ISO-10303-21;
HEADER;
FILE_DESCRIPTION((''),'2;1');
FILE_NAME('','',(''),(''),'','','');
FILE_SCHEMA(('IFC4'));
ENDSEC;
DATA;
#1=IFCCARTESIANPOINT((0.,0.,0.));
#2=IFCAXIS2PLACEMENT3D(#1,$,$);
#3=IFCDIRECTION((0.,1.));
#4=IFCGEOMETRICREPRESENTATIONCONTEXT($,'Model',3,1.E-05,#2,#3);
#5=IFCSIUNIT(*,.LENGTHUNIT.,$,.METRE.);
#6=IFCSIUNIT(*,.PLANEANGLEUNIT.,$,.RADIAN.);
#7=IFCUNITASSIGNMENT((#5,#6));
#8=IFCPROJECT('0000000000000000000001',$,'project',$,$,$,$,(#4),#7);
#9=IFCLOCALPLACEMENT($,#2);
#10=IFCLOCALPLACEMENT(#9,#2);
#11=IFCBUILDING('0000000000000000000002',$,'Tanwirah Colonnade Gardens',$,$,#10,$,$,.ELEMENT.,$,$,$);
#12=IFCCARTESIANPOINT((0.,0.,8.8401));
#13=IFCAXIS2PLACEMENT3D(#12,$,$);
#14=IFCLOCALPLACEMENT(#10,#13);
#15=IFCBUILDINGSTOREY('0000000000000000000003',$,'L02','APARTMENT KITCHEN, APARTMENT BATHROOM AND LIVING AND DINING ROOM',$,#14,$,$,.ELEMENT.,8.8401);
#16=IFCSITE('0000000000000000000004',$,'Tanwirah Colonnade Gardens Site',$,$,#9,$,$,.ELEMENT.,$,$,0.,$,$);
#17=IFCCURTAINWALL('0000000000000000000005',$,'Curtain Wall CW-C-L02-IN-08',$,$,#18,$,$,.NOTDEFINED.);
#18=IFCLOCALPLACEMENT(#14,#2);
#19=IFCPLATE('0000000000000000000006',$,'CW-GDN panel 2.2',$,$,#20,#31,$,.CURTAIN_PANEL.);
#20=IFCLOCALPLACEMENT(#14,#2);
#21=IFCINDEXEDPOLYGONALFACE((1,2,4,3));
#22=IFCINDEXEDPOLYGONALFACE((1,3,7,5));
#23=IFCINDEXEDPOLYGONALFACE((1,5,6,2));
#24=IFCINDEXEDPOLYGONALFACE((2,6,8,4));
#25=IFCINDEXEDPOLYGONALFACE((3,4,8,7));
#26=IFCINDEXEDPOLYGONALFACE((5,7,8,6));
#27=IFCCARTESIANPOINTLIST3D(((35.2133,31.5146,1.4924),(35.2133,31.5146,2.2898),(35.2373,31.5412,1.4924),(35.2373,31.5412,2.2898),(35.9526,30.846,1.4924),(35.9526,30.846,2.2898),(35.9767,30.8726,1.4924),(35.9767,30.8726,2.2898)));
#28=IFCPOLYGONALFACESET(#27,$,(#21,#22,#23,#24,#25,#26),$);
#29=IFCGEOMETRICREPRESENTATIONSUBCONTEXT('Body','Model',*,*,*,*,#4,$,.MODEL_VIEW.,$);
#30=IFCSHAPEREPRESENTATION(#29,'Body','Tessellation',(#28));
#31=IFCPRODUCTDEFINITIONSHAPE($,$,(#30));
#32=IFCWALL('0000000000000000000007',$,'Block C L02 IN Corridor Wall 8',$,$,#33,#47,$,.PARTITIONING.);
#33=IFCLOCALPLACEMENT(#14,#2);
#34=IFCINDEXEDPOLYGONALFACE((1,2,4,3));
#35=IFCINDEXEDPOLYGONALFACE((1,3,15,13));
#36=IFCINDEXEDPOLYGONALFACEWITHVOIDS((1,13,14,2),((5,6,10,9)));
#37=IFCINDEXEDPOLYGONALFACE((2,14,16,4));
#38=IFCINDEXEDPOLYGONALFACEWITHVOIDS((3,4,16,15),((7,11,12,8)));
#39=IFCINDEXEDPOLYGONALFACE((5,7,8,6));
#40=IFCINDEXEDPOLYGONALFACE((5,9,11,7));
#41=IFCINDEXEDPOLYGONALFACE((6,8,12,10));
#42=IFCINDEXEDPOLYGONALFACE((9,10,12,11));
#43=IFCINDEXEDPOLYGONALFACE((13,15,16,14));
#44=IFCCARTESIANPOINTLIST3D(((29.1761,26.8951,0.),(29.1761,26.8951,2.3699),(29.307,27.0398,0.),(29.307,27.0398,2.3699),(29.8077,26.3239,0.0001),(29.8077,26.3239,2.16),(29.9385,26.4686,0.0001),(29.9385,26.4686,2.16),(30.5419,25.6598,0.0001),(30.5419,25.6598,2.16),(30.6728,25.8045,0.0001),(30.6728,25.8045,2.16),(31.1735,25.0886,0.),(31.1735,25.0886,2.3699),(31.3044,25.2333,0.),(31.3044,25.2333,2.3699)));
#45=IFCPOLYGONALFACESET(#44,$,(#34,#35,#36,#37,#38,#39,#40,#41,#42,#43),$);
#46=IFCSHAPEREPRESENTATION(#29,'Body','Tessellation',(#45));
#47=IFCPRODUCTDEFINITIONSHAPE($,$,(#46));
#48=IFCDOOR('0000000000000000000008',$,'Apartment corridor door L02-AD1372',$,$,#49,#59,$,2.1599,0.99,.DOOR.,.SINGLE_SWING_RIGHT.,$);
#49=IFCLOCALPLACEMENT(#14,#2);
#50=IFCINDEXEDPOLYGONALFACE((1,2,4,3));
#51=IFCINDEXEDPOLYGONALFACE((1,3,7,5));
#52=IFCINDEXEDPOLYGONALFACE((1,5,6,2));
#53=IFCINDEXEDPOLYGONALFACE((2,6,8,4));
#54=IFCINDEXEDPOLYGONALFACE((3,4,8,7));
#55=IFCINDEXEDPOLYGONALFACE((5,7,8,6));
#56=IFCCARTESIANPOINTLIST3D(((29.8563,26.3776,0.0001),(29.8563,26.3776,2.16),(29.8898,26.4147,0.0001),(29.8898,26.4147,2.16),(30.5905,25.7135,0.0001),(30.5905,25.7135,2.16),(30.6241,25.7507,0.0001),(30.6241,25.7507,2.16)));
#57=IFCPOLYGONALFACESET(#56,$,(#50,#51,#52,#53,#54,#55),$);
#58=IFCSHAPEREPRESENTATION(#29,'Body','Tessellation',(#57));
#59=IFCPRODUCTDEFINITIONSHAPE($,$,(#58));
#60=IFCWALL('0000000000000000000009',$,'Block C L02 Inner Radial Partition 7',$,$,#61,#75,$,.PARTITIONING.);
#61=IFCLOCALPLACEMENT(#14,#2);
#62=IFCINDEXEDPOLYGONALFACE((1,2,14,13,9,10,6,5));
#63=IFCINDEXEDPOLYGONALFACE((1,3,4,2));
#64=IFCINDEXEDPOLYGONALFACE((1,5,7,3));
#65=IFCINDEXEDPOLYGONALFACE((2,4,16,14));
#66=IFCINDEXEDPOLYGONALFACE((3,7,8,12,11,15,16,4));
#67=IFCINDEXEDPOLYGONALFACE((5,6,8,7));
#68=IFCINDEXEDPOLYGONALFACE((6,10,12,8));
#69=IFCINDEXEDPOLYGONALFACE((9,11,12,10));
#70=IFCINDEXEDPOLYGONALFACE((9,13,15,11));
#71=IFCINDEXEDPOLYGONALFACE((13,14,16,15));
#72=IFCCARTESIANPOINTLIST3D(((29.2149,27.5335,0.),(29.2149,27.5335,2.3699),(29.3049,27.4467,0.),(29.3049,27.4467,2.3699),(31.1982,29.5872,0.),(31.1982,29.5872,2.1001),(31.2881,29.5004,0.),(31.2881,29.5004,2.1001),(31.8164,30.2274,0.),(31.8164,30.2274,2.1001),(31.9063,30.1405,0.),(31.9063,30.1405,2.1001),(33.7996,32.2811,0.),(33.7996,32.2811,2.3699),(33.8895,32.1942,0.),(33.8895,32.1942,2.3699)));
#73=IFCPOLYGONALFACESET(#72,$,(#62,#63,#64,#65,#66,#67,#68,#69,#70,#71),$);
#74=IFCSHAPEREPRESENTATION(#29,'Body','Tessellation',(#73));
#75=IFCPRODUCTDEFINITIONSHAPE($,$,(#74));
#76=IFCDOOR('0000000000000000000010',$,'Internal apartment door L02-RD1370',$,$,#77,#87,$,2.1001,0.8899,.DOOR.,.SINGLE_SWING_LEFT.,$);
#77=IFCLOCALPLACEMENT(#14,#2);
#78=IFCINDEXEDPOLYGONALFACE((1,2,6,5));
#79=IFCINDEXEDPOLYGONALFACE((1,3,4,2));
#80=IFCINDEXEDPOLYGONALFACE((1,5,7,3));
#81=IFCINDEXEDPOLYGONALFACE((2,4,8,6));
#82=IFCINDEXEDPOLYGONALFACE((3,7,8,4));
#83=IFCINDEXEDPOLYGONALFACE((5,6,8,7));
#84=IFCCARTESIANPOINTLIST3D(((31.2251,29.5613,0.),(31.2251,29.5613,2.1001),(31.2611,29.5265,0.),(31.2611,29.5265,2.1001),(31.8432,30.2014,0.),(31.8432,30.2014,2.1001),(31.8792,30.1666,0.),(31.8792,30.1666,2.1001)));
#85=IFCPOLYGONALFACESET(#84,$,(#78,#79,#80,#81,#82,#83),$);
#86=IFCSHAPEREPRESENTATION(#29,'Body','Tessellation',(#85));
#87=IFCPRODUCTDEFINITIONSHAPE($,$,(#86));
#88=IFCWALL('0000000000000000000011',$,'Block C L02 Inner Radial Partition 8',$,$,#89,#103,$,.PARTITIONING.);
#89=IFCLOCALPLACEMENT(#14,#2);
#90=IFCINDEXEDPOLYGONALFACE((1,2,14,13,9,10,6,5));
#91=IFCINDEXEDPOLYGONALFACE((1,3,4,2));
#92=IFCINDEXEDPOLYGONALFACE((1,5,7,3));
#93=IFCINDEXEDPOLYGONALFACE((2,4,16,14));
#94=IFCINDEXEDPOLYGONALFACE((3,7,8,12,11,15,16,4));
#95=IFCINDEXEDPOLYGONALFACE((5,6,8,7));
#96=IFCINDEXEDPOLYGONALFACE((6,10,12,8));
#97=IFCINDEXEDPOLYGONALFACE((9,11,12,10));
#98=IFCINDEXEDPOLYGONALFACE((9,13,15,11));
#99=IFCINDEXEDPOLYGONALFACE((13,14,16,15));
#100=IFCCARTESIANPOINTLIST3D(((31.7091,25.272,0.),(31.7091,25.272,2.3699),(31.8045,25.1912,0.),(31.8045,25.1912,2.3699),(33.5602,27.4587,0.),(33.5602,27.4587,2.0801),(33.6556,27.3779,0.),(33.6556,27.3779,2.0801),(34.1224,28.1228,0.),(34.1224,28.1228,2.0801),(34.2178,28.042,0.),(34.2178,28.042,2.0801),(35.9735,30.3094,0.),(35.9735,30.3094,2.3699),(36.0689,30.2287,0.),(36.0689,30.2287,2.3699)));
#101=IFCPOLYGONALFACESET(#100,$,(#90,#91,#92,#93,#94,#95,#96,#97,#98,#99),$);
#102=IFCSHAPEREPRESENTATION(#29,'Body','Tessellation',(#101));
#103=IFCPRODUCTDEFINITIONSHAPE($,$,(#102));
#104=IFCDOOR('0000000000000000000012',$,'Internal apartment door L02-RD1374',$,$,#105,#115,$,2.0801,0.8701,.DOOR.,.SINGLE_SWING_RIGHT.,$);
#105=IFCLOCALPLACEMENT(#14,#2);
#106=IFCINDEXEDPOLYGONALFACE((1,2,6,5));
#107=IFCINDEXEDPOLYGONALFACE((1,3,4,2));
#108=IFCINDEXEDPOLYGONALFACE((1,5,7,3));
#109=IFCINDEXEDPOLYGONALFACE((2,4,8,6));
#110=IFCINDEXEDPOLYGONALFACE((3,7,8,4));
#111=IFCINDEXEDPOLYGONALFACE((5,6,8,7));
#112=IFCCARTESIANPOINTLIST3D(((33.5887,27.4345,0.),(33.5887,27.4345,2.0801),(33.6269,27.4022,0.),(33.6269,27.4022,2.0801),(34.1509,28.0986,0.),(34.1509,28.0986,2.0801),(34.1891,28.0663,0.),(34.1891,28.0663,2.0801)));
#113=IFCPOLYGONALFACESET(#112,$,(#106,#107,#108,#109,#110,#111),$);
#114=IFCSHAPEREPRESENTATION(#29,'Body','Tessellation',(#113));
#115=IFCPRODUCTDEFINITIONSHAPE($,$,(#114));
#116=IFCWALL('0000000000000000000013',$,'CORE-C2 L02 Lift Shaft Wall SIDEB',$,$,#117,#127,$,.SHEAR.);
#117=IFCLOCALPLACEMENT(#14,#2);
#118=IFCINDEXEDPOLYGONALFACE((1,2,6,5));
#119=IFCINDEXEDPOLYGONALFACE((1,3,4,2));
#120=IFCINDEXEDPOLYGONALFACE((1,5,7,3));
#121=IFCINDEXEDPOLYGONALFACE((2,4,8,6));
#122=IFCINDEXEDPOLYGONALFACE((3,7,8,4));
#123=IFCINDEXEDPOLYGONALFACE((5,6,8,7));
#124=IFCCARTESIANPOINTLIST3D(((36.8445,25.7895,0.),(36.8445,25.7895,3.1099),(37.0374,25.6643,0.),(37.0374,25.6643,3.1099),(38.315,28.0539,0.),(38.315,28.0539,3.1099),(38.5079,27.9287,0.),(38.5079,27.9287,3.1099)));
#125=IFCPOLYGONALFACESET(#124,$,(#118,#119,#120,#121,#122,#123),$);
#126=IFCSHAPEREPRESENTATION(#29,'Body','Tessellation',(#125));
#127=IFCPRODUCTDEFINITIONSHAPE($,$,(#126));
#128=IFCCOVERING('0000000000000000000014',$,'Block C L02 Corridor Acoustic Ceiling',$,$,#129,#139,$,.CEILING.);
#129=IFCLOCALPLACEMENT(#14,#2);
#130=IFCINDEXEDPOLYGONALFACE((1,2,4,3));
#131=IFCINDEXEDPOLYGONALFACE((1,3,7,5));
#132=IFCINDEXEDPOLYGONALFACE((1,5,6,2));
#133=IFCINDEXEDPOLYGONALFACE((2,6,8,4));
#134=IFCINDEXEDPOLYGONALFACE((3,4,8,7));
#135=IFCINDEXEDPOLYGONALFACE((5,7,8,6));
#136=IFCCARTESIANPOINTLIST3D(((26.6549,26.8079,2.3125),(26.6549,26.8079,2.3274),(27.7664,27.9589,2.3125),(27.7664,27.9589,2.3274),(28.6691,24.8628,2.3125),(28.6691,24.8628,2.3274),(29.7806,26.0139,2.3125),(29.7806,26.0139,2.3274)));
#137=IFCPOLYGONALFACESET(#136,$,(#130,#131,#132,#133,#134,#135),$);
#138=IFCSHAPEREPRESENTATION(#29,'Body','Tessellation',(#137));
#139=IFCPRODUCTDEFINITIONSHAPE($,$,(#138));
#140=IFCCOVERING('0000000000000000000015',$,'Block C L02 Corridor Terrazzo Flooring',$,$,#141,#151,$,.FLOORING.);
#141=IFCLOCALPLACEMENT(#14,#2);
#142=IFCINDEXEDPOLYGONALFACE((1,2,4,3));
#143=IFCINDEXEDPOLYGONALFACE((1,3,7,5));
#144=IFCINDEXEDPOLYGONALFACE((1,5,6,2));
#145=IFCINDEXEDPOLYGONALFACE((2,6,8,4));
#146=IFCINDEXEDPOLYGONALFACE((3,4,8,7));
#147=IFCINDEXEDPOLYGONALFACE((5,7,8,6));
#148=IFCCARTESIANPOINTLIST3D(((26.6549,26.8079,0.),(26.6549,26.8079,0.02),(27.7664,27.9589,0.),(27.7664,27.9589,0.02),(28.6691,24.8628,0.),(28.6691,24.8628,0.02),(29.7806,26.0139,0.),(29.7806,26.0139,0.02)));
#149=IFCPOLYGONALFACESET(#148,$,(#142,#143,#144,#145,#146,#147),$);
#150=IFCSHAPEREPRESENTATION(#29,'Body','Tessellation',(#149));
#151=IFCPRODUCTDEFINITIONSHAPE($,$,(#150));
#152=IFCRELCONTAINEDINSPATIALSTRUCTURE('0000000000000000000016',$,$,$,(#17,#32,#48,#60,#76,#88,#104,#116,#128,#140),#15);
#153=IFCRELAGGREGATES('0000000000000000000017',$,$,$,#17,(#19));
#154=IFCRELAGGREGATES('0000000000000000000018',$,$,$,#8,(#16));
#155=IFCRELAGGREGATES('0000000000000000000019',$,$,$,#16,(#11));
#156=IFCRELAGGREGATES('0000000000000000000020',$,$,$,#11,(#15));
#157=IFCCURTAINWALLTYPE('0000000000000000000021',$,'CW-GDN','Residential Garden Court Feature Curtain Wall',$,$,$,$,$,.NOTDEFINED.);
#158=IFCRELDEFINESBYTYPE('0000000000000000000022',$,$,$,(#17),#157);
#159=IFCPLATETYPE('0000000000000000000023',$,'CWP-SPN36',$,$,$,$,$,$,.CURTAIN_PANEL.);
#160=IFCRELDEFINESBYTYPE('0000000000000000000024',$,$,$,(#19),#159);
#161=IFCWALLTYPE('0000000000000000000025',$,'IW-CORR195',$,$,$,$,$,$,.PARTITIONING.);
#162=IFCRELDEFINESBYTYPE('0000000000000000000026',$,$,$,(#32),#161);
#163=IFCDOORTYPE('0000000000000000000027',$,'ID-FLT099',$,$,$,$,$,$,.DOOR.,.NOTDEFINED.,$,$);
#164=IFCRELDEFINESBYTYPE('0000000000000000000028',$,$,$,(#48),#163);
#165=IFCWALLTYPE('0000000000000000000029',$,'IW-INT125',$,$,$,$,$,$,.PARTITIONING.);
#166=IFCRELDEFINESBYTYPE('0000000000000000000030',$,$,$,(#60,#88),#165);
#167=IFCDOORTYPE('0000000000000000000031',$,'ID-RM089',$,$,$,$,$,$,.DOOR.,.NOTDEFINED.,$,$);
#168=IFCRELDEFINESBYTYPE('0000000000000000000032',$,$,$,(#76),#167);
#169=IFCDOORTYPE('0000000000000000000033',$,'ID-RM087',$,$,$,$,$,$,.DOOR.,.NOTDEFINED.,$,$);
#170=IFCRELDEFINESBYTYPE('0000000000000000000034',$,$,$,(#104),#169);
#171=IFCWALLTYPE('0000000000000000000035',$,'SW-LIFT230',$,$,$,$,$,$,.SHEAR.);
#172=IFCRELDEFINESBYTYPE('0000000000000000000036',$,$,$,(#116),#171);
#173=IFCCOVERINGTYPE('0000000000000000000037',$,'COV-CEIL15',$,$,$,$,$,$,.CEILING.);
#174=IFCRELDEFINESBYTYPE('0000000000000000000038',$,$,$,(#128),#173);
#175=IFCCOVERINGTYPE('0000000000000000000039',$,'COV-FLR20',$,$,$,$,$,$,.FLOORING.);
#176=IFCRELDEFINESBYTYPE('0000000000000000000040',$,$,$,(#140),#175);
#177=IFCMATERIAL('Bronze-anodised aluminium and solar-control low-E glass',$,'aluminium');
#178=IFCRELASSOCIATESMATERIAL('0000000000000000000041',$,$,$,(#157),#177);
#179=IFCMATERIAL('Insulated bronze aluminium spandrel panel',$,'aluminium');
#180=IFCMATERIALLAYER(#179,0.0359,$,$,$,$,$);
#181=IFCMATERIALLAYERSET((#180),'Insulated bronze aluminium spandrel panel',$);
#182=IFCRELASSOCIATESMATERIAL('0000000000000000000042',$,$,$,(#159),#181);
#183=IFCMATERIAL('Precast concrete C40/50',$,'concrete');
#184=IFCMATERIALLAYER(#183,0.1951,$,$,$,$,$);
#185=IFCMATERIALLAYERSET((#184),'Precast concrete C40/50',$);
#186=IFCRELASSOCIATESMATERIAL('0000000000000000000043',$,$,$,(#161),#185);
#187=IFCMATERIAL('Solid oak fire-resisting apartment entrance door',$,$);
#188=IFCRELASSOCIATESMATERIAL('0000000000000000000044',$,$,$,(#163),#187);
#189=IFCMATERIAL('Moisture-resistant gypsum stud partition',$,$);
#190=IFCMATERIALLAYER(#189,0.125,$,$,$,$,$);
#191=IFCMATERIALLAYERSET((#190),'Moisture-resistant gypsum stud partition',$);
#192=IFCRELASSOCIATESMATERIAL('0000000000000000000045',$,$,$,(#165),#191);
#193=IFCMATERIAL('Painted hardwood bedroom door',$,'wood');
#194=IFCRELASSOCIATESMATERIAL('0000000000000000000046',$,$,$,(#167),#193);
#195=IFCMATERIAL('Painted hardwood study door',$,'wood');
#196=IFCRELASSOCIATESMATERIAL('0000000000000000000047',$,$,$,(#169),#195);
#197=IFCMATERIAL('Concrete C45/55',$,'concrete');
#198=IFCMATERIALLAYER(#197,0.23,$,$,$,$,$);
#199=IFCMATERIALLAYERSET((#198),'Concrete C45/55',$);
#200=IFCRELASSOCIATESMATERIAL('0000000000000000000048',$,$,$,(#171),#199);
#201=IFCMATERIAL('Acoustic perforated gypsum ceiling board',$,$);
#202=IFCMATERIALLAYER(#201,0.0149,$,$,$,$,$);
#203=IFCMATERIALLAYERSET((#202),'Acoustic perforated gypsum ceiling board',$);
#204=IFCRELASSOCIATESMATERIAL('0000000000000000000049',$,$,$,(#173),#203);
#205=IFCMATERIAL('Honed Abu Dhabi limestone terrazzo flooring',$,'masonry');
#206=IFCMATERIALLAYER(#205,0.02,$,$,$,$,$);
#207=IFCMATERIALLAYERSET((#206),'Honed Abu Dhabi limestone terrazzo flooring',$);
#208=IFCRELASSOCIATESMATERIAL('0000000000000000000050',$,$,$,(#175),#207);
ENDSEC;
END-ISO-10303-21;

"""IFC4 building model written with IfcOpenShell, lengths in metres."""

from ifc_helpers import new_model, si_unit, direction, frame, frame_2d, origin, origin_2d, place, context, subcontext, project, spatial, rectangle, extrude, material, layer, layer_set, type_object, element, fill, aggregate, save


model = new_model("IFC4")

# Units and contexts
model_context = context("Model", 3, precision=1e-05, world=origin(), true_north=direction((0.0, 1.0)))
body_context = subcontext(model_context, "Body", "Model", "MODEL_VIEW")
ifc_project = project(units=[si_unit("LENGTHUNIT", "METRE"), si_unit("PLANEANGLEUNIT", "RADIAN")], contexts=[model_context])

# Site, building, storey
site_placement = place(None, origin())
site = spatial("IfcSite", under=ifc_project, at=site_placement, Name="Tanwirah Colonnade Gardens Site", CompositionType="ELEMENT", RefElevation=0.0)
building_placement = place(site_placement, origin())
building = spatial("IfcBuilding", under=site, at=building_placement, Name="Tanwirah Colonnade Gardens", CompositionType="ELEMENT")
storey_placement = place(building_placement, frame((0.0, 0.0, 8.8401)))
storey = spatial("IfcBuildingStorey", under=building, at=storey_placement, Name="L02", Description="APARTMENT KITCHEN, APARTMENT BATHROOM AND LIVING AND DINING ROOM", CompositionType="ELEMENT", Elevation=8.8401)

# Shared definitions
ifc_material_1 = material(Name="Precast concrete C40/50", Category="concrete")

# Curtain wall
ifc_material_2 = material(Name="Bronze-anodised aluminium and solar-control low-E glass", Category="aluminium")
curtain_wall_type = type_object("IfcCurtainWallType", Name="CW-GDN", Description="Residential Garden Court Feature Curtain Wall", PredefinedType="NOTDEFINED", material=ifc_material_2)
curtain_wall_placement = place(storey_placement, origin())
curtain_wall = element("IfcCurtainWall", 1, at=curtain_wall_placement, inside=storey, type_object=curtain_wall_type, Name="Curtain Wall CW-C-L02-IN-08", PredefinedType="NOTDEFINED")

# Plate
ifc_material_3 = material(Name="Insulated bronze aluminium spandrel panel", Category="aluminium")
ifc_layer_1 = layer(ifc_material_3, 0.0359)
ifc_layer_set_1 = layer_set([ifc_layer_1], Name="Insulated bronze aluminium spandrel panel")
plate_type = type_object("IfcPlateType", Name="CWP-SPN36", PredefinedType="CURTAIN_PANEL", material=ifc_layer_set_1)
plate_1_placement = place(storey_placement, frame((35.595, 31.1936, 1.4924), z_axis=(0.0, 0.0, 1.0), x_axis=(0.741683, -0.670751, 0.0)))
plate_1 = element("IfcPlate", 2, at=plate_1_placement, type_object=plate_type, Name="CW-GDN panel 2.2", PredefinedType="CURTAIN_PANEL", context=body_context, shape_type="SweptSolid", body=[
    extrude(rectangle(XDim=0.9968, YDim=0.0359, at=origin_2d()), origin(), (0.0, 0.0, 1.0), 0.7974),
])
aggregate(curtain_wall, [plate_1])

# Walls, openings, doors
ifc_layer_2 = layer(ifc_material_1, 0.1951)
ifc_layer_set_2 = layer_set([ifc_layer_2], Name="Precast concrete C40/50")
wall_type_1 = type_object("IfcWallType", Name="IW-CORR195", PredefinedType="PARTITIONING", material=ifc_layer_set_2)
wall_1_placement = place(storey_placement, frame((29.2415, 26.9675, 0.0), z_axis=(0.0, 0.0, 1.0), x_axis=(0.741665, -0.670771, 0.0)))
wall_1 = element("IfcWall", 3, at=wall_1_placement, inside=storey, type_object=wall_type_1, Name="Block C L02 IN Corridor Wall 8", PredefinedType="PARTITIONING", context=body_context, shape_type="SweptSolid", body=[
    extrude(rectangle(XDim=2.6931, YDim=0.1951, at=frame_2d((1.3467, 0.0))), origin(), (0.0, 0.0, 1.0), 2.3699),
])
opening_1_placement = place(wall_1_placement, frame((0.8516, 0.0, 0.0)))
opening_1 = element("IfcOpeningElement", 4, at=opening_1_placement, cuts=wall_1, PredefinedType="OPENING", context=body_context, shape_type="SweptSolid", body=[
    extrude(rectangle(XDim=0.99, YDim=2.1599, at=frame_2d((0.4951, 1.0801))), frame((0.0, 0.1074, 0.0), z_axis=(0.0, -1.0, 0.0), x_axis=(1.0, 0.0, 0.0)), (0.0, 0.0, 1.0), 0.2151),
])
ifc_material_4 = material(Name="Solid oak fire-resisting apartment entrance door")
door_type_1 = type_object("IfcDoorType", Name="ID-FLT099", OperationType="NOTDEFINED", PredefinedType="DOOR", material=ifc_material_4)
door_1_placement = place(opening_1_placement, origin())
door_1 = element("IfcDoor", 5, at=door_1_placement, inside=storey, type_object=door_type_1, Name="Apartment corridor door L02-AD1372", OperationType="SINGLE_SWING_RIGHT", OverallHeight=2.1599, OverallWidth=0.99, PredefinedType="DOOR", context=body_context, shape_type="SweptSolid", body=[
    extrude(rectangle(XDim=0.99, YDim=2.1599, at=frame_2d((0.4951, 1.0801))), frame((0.0, 0.0249, 0.0), z_axis=(0.0, -1.0, 0.0), x_axis=(1.0, 0.0, 0.0)), (0.0, 0.0, 1.0), 0.05),
])
fill(opening_1, door_1)
ifc_material_5 = material(Name="Moisture-resistant gypsum stud partition")
ifc_layer_3 = layer(ifc_material_5, 0.125)
ifc_layer_set_3 = layer_set([ifc_layer_3], Name="Moisture-resistant gypsum stud partition")
wall_type_2 = type_object("IfcWallType", Name="IW-INT125", PredefinedType="PARTITIONING", material=ifc_layer_set_3)
wall_2_placement = place(storey_placement, frame((33.8445, 32.2375, 0.0), z_axis=(0.0, 0.0, 1.0), x_axis=(-0.694663, -0.719336, 0.0)))
wall_2 = element("IfcWall", 6, at=wall_2_placement, inside=storey, type_object=wall_type_2, Name="Block C L02 Inner Radial Partition 7", PredefinedType="PARTITIONING", context=body_context, shape_type="SweptSolid", body=[
    extrude(rectangle(XDim=6.5999, YDim=0.125, at=frame_2d((3.2998, 0.0))), origin(), (0.0, 0.0, 1.0), 2.3699),
])
opening_2_placement = place(wall_2_placement, frame((2.855, 0.0, 0.0)))
opening_2 = element("IfcOpeningElement", 7, at=opening_2_placement, cuts=wall_2, PredefinedType="OPENING", context=body_context, shape_type="SweptSolid", body=[
    extrude(rectangle(XDim=0.8899, YDim=2.1001, at=frame_2d((0.4448, 1.05))), frame((0.0, 0.0725, 0.0), z_axis=(0.0, -1.0, 0.0), x_axis=(1.0, 0.0, 0.0)), (0.0, 0.0, 1.0), 0.145),
])
ifc_material_6 = material(Name="Painted hardwood bedroom door", Category="wood")
door_type_2 = type_object("IfcDoorType", Name="ID-RM089", OperationType="NOTDEFINED", PredefinedType="DOOR", material=ifc_material_6)
door_2_placement = place(opening_2_placement, origin())
door_2 = element("IfcDoor", 8, at=door_2_placement, inside=storey, type_object=door_type_2, Name="Internal apartment door L02-RD1370", OperationType="SINGLE_SWING_LEFT", OverallHeight=2.1001, OverallWidth=0.8899, PredefinedType="DOOR", context=body_context, shape_type="SweptSolid", body=[
    extrude(rectangle(XDim=0.8899, YDim=2.1001, at=frame_2d((0.4448, 1.05))), frame((0.0, 0.0249, 0.0), z_axis=(0.0, -1.0, 0.0), x_axis=(1.0, 0.0, 0.0)), (0.0, 0.0, 1.0), 0.05),
])
fill(opening_2, door_2)
wall_3_placement = place(storey_placement, frame((36.0212, 30.269, 0.0), z_axis=(0.0, 0.0, 1.0), x_axis=(-0.646121, -0.763235, 0.0)))
wall_3 = element("IfcWall", 9, at=wall_3_placement, inside=storey, type_object=wall_type_2, Name="Block C L02 Inner Radial Partition 8", PredefinedType="PARTITIONING", context=body_context, shape_type="SweptSolid", body=[
    extrude(rectangle(XDim=6.6001, YDim=0.125, at=frame_2d((3.3, 0.0))), origin(), (0.0, 0.0, 1.0), 2.3699),
])
opening_3_placement = place(wall_3_placement, frame((2.865, 0.0, 0.0)))
opening_3 = element("IfcOpeningElement", 10, at=opening_3_placement, cuts=wall_3, PredefinedType="OPENING", context=body_context, shape_type="SweptSolid", body=[
    extrude(rectangle(XDim=0.8701, YDim=2.0801, at=frame_2d((0.4351, 1.04))), frame((0.0, 0.0725, 0.0), z_axis=(0.0, -1.0, 0.0), x_axis=(1.0, 0.0, 0.0)), (0.0, 0.0, 1.0), 0.145),
])
ifc_material_7 = material(Name="Painted hardwood study door", Category="wood")
door_type_3 = type_object("IfcDoorType", Name="ID-RM087", OperationType="NOTDEFINED", PredefinedType="DOOR", material=ifc_material_7)
door_3_placement = place(opening_3_placement, origin())
door_3 = element("IfcDoor", 11, at=door_3_placement, inside=storey, type_object=door_type_3, Name="Internal apartment door L02-RD1374", OperationType="SINGLE_SWING_RIGHT", OverallHeight=2.0801, OverallWidth=0.8701, PredefinedType="DOOR", context=body_context, shape_type="SweptSolid", body=[
    extrude(rectangle(XDim=0.8701, YDim=2.0801, at=frame_2d((0.4351, 1.04))), frame((0.0, 0.0249, 0.0), z_axis=(0.0, -1.0, 0.0), x_axis=(1.0, 0.0, 0.0)), (0.0, 0.0, 1.0), 0.05),
])
fill(opening_3, door_3)

# Wall
ifc_material_8 = material(Name="Concrete C45/55", Category="concrete")
ifc_layer_4 = layer(ifc_material_8, 0.23)
ifc_layer_set_4 = layer_set([ifc_layer_4], Name="Concrete C45/55")
wall_type_3 = type_object("IfcWallType", Name="SW-LIFT230", PredefinedType="SHEAR", material=ifc_layer_set_4)
wall_4_placement = place(storey_placement, frame((36.9409, 25.7268, 0.0), z_axis=(0.0, 0.0, 1.0), x_axis=(0.544623, 0.838681, 0.0)))
element("IfcWall", 12, at=wall_4_placement, inside=storey, type_object=wall_type_3, Name="CORE-C2 L02 Lift Shaft Wall SIDEB", PredefinedType="SHEAR", context=body_context, shape_type="SweptSolid", body=[
    extrude(rectangle(XDim=2.7, YDim=0.23, at=frame_2d((1.3501, 0.0))), origin(), (0.0, 0.0, 1.0), 3.1099),
])

# Coverings
ifc_material_9 = material(Name="Acoustic perforated gypsum ceiling board")
ifc_layer_5 = layer(ifc_material_9, 0.0149)
ifc_layer_set_5 = layer_set([ifc_layer_5], Name="Acoustic perforated gypsum ceiling board")
covering_type_1 = type_object("IfcCoveringType", Name="COV-CEIL15", PredefinedType="CEILING", material=ifc_layer_set_5)
covering_1_placement = place(storey_placement, frame((28.2178, 26.4109, 2.3125), z_axis=(0.0, 0.0, 1.0), x_axis=(0.71934, -0.694658, 0.0)))
element("IfcCovering", 13, at=covering_1_placement, inside=storey, type_object=covering_type_1, Name="Block C L02 Corridor Acoustic Ceiling", PredefinedType="CEILING", context=body_context, shape_type="SweptSolid", body=[
    extrude(rectangle(XDim=2.8, YDim=1.6001, at=origin_2d()), origin(), (0.0, 0.0, 1.0), 0.0149),
])
ifc_material_10 = material(Name="Honed Abu Dhabi limestone terrazzo flooring", Category="masonry")
ifc_layer_6 = layer(ifc_material_10, 0.02)
ifc_layer_set_6 = layer_set([ifc_layer_6], Name="Honed Abu Dhabi limestone terrazzo flooring")
covering_type_2 = type_object("IfcCoveringType", Name="COV-FLR20", PredefinedType="FLOORING", material=ifc_layer_set_6)
covering_2_placement = place(storey_placement, frame((28.2178, 26.4109, 0.0), z_axis=(0.0, 0.0, 1.0), x_axis=(0.71934, -0.694658, 0.0)))
element("IfcCovering", 14, at=covering_2_placement, inside=storey, type_object=covering_type_2, Name="Block C L02 Corridor Terrazzo Flooring", PredefinedType="FLOORING", context=body_context, shape_type="SweptSolid", body=[
    extrude(rectangle(XDim=2.8, YDim=1.6001, at=origin_2d()), origin(), (0.0, 0.0, 1.0), 0.02),
])

save(model, "model.ifc")
